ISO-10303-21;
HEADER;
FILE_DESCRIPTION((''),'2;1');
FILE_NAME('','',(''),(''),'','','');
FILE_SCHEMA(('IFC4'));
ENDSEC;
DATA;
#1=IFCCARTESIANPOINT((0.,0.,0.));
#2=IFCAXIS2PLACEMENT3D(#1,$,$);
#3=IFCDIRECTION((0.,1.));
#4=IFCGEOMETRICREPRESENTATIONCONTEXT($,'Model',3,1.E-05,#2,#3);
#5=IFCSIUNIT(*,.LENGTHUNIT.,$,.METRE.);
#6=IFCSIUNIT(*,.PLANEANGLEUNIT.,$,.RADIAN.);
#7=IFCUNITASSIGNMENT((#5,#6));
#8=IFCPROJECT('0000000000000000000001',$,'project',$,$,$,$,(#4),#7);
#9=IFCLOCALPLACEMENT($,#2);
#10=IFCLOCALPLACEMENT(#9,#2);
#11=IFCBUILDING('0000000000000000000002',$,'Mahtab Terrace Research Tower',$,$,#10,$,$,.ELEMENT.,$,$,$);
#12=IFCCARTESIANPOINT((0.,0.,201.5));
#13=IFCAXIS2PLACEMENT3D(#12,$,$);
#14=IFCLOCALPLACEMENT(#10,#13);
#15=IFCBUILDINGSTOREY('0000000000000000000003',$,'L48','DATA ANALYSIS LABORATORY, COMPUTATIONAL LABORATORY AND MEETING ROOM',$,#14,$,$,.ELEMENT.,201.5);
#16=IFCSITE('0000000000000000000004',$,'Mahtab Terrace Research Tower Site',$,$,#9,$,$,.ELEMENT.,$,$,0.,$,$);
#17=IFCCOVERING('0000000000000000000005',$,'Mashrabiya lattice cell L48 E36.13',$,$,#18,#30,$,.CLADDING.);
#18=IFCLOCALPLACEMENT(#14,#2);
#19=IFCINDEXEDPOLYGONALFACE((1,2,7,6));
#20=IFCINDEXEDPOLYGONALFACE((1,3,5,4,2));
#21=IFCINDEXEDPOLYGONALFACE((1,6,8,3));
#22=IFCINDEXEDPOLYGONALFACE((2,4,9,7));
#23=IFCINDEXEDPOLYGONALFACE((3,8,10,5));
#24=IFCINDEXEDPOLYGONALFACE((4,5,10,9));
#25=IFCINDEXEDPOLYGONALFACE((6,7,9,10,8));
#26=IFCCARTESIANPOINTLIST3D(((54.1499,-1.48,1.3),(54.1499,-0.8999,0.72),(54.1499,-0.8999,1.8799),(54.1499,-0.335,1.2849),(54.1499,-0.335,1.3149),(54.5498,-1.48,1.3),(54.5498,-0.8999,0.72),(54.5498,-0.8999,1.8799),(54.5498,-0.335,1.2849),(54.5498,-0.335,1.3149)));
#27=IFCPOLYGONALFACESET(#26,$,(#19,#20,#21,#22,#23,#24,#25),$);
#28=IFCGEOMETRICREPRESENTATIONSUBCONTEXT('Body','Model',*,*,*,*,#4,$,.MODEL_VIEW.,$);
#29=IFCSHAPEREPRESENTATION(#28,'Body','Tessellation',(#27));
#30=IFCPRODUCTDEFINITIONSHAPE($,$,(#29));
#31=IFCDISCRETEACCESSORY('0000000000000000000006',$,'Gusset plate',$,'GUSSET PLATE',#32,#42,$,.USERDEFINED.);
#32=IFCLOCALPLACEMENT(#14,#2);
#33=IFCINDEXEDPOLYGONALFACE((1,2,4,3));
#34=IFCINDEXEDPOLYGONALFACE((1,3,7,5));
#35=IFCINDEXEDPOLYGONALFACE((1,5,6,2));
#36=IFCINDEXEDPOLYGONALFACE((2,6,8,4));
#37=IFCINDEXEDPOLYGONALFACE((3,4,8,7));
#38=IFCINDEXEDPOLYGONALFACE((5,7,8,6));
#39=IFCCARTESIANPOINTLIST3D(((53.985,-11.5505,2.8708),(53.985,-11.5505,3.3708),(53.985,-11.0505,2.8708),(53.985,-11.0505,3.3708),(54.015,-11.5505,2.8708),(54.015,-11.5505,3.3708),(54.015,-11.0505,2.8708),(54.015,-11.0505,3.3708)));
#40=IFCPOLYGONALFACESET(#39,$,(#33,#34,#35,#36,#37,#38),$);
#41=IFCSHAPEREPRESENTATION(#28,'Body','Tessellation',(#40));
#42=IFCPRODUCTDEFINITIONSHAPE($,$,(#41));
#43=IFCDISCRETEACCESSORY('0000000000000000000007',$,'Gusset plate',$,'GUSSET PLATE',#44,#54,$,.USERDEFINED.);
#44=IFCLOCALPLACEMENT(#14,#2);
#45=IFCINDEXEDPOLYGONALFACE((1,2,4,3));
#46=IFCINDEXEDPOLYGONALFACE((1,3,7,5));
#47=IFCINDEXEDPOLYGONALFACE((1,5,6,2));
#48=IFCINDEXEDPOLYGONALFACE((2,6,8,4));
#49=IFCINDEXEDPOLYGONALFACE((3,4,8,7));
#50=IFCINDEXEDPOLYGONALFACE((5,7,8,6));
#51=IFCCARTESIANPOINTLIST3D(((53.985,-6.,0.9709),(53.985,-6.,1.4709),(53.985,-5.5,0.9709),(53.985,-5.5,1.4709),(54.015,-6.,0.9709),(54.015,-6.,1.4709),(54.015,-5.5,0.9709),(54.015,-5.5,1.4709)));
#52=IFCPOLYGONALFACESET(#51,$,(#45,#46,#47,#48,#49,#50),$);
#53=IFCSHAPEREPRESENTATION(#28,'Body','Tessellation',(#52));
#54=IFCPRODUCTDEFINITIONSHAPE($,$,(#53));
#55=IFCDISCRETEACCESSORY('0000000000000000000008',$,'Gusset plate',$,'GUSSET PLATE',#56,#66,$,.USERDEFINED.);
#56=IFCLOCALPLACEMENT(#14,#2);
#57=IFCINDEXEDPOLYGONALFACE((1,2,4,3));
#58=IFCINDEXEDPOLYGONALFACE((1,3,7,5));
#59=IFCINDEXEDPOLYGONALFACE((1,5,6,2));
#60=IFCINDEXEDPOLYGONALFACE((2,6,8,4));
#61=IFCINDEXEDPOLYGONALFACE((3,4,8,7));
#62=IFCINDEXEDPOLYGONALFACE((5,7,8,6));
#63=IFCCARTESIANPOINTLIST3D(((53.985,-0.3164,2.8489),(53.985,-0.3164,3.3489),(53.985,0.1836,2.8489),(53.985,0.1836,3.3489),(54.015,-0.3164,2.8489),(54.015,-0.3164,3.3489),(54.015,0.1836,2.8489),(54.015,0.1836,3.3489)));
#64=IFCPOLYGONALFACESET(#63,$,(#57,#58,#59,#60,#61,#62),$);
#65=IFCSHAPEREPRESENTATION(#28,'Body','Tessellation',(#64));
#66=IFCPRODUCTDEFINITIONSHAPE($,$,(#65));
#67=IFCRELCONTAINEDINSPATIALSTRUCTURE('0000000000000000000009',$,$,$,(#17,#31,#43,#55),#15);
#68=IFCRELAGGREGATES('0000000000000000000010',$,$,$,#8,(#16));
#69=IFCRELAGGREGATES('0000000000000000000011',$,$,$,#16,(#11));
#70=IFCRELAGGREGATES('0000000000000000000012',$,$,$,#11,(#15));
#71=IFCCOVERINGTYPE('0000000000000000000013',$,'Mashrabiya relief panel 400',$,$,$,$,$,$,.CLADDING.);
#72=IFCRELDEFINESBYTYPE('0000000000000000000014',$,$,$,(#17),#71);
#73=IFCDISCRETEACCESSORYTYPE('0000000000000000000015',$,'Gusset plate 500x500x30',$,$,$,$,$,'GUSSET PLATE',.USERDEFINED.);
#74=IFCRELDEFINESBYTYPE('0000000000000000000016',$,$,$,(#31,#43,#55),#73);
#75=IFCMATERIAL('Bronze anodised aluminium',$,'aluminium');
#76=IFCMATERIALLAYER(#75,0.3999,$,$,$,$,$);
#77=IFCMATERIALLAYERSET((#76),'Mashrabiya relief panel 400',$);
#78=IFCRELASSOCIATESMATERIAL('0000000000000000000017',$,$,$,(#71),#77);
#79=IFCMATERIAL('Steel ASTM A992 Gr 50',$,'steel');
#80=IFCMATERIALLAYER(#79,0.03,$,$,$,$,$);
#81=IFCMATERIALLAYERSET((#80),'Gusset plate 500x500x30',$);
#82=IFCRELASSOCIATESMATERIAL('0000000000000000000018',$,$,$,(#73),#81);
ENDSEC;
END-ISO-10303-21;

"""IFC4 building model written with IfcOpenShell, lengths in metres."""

from ifc_helpers import new_model, si_unit, direction, frame, origin, origin_2d, place, context, subcontext, project, spatial, polyline, rectangle, outline, extrude, material, layer, layer_set, type_object, element, save


model = new_model("IFC4")

# Units and contexts
model_context = context("Model", 3, precision=1e-05, world=origin(), true_north=direction((0.0, 1.0)))
body_context = subcontext(model_context, "Body", "Model", "MODEL_VIEW")
ifc_project = project(units=[si_unit("LENGTHUNIT", "METRE"), si_unit("PLANEANGLEUNIT", "RADIAN")], contexts=[model_context])

# Site, building, storey
site_placement = place(None, origin())
site = spatial("IfcSite", under=ifc_project, at=site_placement, Name="Mahtab Terrace Research Tower Site", CompositionType="ELEMENT", RefElevation=0.0)
building_placement = place(site_placement, origin())
building = spatial("IfcBuilding", under=site, at=building_placement, Name="Mahtab Terrace Research Tower", CompositionType="ELEMENT")
storey_placement = place(building_placement, frame((0.0, 0.0, 201.5)))
storey = spatial("IfcBuildingStorey", under=building, at=storey_placement, Name="L48", Description="DATA ANALYSIS LABORATORY, COMPUTATIONAL LABORATORY AND MEETING ROOM", CompositionType="ELEMENT", Elevation=201.5)

# Shared definitions
ifc_material_1 = material(Name="Steel ASTM A992 Gr 50", Category="steel")

# Covering
ifc_material_2 = material(Name="Bronze anodised aluminium", Category="aluminium")
ifc_layer_1 = layer(ifc_material_2, 0.3999)
ifc_layer_set_1 = layer_set([ifc_layer_1], Name="Mashrabiya relief panel 400")
covering_type = type_object("IfcCoveringType", Name="Mashrabiya relief panel 400", PredefinedType="CLADDING", material=ifc_layer_set_1)
covering_1_placement = place(storey_placement, frame((54.1499, -0.8999, 0.72), z_axis=(-1.0, 0.0, 0.0), x_axis=(0.0, -0.707107, 0.707107)))
element("IfcCovering", 1, at=covering_1_placement, inside=storey, type_object=covering_type, Name="Mashrabiya lattice cell L48 E36.13", PredefinedType="CLADDING", context=body_context, shape_type="SweptSolid", body=[
    extrude(outline(polyline([(0.0, 0.0), (0.8204, 0.0), (0.8202, 0.8202), (0.0212, 0.8202), (0.0, 0.7989), (0.0, 0.0)])), origin(), (0.0, 0.0, -1.0), 0.3999),
])

# Discrete accessories
ifc_layer_2 = layer(ifc_material_1, 0.03)
ifc_layer_set_2 = layer_set([ifc_layer_2], Name="Gusset plate 500x500x30")
discrete_accessory_type = type_object("IfcDiscreteAccessoryType", Name="Gusset plate 500x500x30", ElementType="GUSSET PLATE", PredefinedType="USERDEFINED", material=ifc_layer_set_2)
for number, where, z_axis, x_axis, name in (
    (2, (54.0, -11.3005, 2.8708), (0.0, 0.0, 1.0), (0.0, 1.0, 0.0), "Gusset plate"),
    (3, (54.0, -5.75, 0.9709), (0.0, 0.0, 1.0), (0.0, 1.0, 0.0), "Gusset plate"),
    (4, (54.0, -0.0664, 2.8489), (0.0, 0.0, 1.0), (0.0, 1.0, 0.0), "Gusset plate"),
):
    element("IfcDiscreteAccessory", number, at=place(storey_placement, frame(where, z_axis=z_axis, x_axis=x_axis)), inside=storey, type_object=discrete_accessory_type, Name=name, ObjectType="GUSSET PLATE", PredefinedType="USERDEFINED", context=body_context, shape_type="SweptSolid", body=[
        extrude(rectangle(XDim=0.5, YDim=0.03, at=origin_2d()), origin(), (0.0, 0.0, 1.0), 0.5),
    ])

save(model, "model.ifc")
